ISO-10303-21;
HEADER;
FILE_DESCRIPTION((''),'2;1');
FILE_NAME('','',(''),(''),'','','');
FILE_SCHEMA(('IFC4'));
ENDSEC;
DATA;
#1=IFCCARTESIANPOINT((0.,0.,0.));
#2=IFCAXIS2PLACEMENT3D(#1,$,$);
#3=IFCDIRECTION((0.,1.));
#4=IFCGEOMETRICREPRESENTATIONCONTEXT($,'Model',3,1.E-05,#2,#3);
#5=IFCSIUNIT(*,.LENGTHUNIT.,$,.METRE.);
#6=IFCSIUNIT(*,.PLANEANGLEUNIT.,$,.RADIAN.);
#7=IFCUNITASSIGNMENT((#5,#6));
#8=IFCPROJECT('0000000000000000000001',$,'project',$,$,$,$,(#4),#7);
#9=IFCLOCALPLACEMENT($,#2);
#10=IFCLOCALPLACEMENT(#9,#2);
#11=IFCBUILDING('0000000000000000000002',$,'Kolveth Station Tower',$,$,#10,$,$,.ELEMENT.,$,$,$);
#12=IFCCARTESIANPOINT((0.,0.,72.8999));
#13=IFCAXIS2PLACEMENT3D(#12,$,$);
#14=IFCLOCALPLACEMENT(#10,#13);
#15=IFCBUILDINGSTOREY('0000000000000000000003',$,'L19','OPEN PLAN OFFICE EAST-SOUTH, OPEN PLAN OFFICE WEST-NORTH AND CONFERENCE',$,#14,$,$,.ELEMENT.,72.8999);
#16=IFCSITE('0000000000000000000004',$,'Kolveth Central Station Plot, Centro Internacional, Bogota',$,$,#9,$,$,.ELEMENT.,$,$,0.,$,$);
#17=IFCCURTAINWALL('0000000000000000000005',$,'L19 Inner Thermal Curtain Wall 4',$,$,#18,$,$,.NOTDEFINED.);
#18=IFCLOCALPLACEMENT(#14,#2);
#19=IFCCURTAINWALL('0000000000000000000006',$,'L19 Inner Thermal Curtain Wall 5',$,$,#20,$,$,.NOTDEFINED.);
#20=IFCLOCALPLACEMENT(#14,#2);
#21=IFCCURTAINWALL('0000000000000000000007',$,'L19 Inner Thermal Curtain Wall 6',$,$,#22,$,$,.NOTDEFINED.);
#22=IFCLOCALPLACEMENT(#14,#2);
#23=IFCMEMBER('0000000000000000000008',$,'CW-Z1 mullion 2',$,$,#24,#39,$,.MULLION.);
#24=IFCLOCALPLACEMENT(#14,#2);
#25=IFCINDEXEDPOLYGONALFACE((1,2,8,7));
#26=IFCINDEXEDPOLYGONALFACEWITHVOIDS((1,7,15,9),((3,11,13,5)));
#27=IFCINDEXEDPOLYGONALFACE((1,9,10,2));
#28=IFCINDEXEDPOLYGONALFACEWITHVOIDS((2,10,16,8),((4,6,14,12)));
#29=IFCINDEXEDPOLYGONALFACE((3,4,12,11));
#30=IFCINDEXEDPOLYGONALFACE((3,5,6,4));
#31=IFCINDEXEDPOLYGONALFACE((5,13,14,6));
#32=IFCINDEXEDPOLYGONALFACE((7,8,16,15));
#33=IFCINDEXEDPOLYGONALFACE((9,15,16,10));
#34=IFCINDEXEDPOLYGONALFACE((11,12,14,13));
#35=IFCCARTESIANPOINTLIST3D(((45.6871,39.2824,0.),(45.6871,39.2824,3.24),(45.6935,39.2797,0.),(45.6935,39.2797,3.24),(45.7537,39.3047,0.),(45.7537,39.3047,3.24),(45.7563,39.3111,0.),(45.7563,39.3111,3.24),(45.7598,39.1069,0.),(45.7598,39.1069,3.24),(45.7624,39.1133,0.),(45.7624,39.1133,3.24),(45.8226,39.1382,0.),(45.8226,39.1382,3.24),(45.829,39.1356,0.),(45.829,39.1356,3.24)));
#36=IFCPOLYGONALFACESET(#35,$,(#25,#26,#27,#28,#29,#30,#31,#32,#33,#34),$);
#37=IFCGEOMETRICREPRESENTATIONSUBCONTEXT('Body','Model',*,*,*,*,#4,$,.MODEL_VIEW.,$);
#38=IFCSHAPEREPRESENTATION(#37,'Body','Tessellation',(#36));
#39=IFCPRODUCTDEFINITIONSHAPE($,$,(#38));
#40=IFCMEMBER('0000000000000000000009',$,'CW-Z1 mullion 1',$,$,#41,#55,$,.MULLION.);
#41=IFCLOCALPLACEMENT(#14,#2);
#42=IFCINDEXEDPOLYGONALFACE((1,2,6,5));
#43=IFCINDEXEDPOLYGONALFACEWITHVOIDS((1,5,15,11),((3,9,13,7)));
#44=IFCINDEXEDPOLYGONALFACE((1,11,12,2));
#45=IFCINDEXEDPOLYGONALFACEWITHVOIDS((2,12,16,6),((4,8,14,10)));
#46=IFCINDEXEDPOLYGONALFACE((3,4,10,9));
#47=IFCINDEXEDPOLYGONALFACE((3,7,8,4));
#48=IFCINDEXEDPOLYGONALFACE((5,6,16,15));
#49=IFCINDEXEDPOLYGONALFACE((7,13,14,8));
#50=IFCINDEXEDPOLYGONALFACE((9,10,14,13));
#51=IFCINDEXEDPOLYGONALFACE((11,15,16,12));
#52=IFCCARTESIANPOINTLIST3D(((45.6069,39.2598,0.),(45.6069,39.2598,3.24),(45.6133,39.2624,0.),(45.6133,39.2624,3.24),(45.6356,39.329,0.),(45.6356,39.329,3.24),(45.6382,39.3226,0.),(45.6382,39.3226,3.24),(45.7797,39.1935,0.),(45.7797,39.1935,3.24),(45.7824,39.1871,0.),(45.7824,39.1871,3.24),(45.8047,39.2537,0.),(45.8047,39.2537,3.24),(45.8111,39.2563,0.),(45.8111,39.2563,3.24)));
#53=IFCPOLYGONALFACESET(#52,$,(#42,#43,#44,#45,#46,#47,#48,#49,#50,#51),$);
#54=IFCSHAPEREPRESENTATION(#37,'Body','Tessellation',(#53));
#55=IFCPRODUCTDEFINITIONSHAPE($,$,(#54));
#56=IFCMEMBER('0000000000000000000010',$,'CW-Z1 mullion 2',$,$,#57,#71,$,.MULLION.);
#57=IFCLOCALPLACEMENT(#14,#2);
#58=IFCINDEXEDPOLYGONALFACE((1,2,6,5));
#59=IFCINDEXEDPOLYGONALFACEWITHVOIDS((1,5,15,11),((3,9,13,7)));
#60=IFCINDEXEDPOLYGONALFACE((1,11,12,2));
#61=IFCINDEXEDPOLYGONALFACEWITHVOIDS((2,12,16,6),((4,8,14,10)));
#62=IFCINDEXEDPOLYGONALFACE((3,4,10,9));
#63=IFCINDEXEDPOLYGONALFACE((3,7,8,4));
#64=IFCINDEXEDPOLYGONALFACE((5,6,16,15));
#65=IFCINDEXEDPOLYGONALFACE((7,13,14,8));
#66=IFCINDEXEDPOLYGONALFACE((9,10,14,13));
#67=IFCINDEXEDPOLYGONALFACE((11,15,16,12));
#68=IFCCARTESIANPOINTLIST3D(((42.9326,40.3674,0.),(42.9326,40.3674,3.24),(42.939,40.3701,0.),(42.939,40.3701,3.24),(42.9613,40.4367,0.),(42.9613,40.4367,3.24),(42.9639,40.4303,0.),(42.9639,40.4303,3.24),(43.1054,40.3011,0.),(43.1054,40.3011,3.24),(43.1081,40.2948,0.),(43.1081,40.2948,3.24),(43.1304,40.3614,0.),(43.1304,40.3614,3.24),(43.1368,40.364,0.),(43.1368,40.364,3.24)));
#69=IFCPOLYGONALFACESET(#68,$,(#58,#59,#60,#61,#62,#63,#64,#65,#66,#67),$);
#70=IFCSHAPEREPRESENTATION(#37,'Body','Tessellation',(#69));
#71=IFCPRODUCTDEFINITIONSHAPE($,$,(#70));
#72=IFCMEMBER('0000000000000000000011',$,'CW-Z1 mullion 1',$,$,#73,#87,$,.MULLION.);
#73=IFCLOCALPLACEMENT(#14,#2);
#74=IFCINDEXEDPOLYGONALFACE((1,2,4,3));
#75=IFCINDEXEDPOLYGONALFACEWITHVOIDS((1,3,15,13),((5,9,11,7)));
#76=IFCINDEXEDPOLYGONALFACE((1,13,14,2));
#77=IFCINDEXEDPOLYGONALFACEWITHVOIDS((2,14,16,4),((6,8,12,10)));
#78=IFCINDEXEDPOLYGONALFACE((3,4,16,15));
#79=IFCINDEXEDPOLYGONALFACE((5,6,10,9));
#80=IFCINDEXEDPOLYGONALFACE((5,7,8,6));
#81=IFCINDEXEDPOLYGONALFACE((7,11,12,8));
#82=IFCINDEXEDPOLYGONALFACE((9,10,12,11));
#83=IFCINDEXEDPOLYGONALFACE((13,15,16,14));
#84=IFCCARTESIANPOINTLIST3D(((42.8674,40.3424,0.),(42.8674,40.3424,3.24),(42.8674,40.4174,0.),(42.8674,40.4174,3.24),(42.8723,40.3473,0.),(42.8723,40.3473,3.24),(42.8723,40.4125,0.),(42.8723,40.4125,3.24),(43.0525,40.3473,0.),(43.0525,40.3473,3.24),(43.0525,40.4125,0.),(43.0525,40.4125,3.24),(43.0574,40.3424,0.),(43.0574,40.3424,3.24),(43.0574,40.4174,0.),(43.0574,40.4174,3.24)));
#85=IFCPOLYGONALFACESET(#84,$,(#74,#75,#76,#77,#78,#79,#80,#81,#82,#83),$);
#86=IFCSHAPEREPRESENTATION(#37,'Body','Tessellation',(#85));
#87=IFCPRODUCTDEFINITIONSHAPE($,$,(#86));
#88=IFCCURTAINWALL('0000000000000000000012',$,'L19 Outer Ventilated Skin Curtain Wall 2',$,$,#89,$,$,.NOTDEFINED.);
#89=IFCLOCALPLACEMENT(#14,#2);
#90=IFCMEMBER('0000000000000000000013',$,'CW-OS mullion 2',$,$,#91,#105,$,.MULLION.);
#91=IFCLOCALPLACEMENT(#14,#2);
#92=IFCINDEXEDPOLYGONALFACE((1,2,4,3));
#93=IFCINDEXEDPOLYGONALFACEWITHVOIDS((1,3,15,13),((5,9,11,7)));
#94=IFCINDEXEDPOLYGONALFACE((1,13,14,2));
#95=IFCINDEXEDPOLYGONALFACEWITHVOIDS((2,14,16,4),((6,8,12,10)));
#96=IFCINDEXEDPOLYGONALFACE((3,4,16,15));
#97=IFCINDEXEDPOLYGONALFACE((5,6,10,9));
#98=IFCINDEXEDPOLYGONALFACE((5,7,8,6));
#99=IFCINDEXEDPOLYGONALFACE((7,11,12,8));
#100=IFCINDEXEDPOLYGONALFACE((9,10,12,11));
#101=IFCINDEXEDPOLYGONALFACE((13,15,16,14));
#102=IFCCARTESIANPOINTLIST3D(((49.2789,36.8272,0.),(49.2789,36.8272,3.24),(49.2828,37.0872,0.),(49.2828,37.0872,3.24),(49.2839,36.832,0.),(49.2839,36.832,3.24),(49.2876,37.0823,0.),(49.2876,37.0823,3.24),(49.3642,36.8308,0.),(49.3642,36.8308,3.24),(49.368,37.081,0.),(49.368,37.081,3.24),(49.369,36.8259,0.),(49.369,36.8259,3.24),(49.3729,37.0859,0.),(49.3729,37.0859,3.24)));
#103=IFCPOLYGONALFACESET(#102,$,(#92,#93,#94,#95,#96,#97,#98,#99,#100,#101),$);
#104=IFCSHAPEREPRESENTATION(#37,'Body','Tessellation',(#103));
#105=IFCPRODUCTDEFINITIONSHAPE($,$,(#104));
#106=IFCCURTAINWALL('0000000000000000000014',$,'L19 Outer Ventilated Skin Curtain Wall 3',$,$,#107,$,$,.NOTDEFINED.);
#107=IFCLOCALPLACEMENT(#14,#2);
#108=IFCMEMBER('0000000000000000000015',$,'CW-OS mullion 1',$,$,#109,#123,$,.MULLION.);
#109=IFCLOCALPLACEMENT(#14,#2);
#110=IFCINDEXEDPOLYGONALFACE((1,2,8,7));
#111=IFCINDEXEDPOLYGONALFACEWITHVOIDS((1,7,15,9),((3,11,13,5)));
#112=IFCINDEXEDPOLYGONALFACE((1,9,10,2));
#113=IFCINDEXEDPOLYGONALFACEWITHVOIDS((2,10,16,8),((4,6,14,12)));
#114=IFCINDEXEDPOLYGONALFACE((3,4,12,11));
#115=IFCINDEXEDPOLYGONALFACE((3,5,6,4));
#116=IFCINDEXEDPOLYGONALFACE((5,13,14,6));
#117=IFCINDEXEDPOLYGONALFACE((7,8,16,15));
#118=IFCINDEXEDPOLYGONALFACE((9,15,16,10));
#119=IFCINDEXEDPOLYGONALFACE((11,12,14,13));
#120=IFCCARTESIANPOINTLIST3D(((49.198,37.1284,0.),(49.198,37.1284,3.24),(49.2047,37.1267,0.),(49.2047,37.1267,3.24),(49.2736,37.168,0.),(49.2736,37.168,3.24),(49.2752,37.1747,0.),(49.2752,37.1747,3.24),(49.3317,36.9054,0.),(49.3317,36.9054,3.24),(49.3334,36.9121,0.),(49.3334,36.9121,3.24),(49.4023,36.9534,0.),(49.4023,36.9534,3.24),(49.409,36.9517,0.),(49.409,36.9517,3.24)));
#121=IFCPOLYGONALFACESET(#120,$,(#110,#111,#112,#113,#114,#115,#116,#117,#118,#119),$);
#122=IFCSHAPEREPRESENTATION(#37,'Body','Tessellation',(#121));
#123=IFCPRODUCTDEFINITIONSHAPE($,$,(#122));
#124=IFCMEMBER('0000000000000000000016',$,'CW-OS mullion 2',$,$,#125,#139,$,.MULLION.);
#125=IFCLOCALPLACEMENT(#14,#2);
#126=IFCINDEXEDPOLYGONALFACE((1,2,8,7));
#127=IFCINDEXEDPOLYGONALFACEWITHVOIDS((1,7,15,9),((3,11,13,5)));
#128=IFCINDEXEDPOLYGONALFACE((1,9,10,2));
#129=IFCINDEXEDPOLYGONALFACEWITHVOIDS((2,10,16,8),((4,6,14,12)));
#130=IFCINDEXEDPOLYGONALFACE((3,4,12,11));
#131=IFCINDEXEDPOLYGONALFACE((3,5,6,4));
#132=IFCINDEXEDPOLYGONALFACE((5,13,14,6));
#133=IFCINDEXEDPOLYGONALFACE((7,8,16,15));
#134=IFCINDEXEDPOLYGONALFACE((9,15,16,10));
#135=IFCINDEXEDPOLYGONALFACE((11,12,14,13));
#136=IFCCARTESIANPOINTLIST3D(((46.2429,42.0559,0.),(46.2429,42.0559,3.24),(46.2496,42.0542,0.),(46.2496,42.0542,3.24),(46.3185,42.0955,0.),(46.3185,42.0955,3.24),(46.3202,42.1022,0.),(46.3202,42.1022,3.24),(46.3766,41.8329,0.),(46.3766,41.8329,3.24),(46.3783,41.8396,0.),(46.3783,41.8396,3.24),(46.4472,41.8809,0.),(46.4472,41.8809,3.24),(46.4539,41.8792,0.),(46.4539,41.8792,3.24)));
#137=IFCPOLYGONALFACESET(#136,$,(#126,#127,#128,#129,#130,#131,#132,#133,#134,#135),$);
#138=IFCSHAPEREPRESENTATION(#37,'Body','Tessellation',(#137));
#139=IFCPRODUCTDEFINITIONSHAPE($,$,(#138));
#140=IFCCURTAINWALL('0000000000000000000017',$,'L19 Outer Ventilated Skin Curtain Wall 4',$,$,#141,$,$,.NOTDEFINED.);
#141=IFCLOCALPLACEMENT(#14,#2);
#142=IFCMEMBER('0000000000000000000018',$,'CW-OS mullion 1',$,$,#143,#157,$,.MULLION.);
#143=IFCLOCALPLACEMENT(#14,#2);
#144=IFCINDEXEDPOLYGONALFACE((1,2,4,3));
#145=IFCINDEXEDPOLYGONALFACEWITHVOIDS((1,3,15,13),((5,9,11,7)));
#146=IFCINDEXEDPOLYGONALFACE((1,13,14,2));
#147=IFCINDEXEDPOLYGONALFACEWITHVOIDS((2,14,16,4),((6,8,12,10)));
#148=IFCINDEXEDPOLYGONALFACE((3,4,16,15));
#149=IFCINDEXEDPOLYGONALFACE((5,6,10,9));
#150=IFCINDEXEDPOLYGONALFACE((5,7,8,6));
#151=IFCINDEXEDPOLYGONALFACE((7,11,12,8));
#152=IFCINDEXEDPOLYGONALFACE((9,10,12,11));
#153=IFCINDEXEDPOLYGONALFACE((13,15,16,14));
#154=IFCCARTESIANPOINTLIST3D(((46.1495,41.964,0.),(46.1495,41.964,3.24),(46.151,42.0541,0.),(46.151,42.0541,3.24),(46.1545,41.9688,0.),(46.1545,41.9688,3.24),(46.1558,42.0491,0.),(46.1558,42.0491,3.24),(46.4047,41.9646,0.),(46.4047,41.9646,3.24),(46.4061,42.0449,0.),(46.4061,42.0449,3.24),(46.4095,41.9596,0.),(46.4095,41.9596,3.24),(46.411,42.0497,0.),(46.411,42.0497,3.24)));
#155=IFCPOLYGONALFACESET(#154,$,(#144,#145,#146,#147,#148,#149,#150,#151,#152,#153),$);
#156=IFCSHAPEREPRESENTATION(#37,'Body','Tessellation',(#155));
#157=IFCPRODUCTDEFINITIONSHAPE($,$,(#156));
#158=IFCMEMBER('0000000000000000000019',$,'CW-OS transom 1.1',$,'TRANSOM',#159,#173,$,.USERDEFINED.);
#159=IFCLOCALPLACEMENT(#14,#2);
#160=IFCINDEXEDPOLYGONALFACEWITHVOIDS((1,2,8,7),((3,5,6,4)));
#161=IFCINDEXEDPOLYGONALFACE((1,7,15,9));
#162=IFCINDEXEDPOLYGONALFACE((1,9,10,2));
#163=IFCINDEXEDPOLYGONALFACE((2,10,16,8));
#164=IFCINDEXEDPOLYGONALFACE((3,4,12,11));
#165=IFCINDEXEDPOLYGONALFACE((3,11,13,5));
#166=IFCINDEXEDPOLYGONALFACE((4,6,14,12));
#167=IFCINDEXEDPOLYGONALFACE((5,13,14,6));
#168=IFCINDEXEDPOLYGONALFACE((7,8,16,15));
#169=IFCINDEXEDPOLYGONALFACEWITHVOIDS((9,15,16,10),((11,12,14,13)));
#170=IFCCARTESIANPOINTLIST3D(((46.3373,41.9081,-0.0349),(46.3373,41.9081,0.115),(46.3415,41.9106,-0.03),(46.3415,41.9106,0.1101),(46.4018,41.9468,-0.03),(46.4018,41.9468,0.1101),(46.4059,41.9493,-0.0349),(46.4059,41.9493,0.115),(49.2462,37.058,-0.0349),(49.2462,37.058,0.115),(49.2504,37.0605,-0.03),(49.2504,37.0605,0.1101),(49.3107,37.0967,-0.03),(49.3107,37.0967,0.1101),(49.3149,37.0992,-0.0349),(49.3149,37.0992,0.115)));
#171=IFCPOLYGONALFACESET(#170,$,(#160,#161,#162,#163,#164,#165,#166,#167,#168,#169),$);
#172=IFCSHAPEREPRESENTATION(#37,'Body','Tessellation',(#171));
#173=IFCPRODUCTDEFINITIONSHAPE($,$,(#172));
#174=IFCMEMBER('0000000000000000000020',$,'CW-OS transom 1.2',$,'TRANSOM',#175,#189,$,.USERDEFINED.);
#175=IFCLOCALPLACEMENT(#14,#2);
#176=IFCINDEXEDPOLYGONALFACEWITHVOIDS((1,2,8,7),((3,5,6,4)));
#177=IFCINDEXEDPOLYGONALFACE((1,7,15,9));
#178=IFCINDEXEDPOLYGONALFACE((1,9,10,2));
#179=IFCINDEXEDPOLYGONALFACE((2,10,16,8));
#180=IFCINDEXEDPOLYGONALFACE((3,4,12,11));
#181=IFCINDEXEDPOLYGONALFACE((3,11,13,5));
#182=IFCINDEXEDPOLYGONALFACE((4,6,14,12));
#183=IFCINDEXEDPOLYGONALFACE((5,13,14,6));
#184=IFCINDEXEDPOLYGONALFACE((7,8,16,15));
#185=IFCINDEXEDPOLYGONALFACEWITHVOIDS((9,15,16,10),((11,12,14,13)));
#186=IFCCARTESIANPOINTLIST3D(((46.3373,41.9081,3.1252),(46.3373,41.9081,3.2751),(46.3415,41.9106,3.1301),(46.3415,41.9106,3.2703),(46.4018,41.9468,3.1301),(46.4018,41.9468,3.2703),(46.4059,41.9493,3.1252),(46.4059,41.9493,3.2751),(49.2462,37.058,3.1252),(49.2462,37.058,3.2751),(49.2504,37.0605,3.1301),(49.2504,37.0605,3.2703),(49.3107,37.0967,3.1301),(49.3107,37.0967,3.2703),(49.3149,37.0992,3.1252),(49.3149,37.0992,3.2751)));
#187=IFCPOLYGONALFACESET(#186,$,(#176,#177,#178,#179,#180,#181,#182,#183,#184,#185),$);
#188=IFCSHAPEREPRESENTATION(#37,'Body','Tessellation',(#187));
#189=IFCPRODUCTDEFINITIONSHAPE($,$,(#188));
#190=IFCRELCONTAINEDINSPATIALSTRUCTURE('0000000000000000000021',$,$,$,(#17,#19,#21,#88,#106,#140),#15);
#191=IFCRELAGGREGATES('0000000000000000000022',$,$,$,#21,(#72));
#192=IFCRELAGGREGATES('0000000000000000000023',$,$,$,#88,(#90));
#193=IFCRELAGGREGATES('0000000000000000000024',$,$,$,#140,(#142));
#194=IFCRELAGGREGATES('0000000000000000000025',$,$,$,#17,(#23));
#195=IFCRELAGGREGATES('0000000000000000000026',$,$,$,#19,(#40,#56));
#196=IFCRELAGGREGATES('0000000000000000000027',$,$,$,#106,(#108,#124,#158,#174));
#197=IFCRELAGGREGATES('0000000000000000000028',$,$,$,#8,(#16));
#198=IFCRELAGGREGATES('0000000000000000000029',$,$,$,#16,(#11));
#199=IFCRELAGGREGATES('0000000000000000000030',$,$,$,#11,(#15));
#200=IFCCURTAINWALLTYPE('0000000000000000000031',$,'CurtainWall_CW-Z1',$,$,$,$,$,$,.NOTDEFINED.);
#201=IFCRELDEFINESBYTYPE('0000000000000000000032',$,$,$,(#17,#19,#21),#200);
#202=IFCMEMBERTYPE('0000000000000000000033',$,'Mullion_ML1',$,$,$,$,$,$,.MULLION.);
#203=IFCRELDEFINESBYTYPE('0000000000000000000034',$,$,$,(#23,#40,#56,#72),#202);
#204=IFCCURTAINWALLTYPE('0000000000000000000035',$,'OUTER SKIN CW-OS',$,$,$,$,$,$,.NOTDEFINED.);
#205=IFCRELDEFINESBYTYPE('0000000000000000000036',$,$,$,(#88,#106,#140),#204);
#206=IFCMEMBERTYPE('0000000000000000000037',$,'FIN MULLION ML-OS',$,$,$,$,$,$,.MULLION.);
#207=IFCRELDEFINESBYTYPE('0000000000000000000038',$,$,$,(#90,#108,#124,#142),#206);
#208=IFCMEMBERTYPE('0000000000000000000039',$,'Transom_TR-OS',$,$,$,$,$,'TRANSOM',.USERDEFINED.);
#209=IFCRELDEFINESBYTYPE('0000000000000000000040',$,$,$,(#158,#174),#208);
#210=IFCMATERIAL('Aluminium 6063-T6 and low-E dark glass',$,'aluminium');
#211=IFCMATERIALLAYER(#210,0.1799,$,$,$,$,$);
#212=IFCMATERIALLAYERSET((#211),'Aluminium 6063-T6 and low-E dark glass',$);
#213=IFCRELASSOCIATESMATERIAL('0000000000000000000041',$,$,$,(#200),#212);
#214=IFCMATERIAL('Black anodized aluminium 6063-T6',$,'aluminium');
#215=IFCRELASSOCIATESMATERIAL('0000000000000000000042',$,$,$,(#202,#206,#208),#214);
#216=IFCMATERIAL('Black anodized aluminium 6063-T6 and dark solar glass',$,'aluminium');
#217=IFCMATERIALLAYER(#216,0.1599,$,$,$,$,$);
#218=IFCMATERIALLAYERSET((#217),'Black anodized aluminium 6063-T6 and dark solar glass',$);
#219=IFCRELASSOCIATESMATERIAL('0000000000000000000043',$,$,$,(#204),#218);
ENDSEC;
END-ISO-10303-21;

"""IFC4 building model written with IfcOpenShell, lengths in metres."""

from ifc_helpers import new_model, si_unit, direction, frame, origin, origin_2d, place, context, subcontext, project, spatial, hollow_rectangle, extrude, source, transform, mapped, material, layer, layer_set, material_profile, profile_set, type_object, element, aggregate, save


model = new_model("IFC4")

# Units and contexts
model_context = context("Model", 3, precision=1e-05, world=origin(), true_north=direction((0.0, 1.0)))
body_context = subcontext(model_context, "Body", "Model", "MODEL_VIEW")
ifc_project = project(units=[si_unit("LENGTHUNIT", "METRE"), si_unit("PLANEANGLEUNIT", "RADIAN")], contexts=[model_context])

# Site, building, storey
site_placement = place(None, origin())
site = spatial("IfcSite", under=ifc_project, at=site_placement, Name="Kolveth Central Station Plot, Centro Internacional, Bogota", CompositionType="ELEMENT", RefElevation=0.0)
building_placement = place(site_placement, origin())
building = spatial("IfcBuilding", under=site, at=building_placement, Name="Kolveth Station Tower", CompositionType="ELEMENT")
storey_placement = place(building_placement, frame((0.0, 0.0, 72.8999)))
storey = spatial("IfcBuildingStorey", under=building, at=storey_placement, Name="L19", Description="OPEN PLAN OFFICE EAST-SOUTH, OPEN PLAN OFFICE WEST-NORTH AND CONFERENCE", CompositionType="ELEMENT", Elevation=72.8999)

# Curtain walls
ifc_material_1 = material(Name="Aluminium 6063-T6 and low-E dark glass", Category="aluminium")
ifc_layer_1 = layer(ifc_material_1, 0.1799)
ifc_layer_set_1 = layer_set([ifc_layer_1], Name="Aluminium 6063-T6 and low-E dark glass")
curtain_wall_type_1 = type_object("IfcCurtainWallType", Name="CurtainWall_CW-Z1", PredefinedType="NOTDEFINED", material=ifc_layer_set_1)
curtain_wall_1_placement = place(storey_placement, origin())
curtain_wall_1 = element("IfcCurtainWall", 1, at=curtain_wall_1_placement, inside=storey, type_object=curtain_wall_type_1, Name="L19 Inner Thermal Curtain Wall 4", PredefinedType="NOTDEFINED")
ifc_material_2 = material(Name="Black anodized aluminium 6063-T6", Category="aluminium")
curtain_wall_2_placement = place(storey_placement, origin())
curtain_wall_2 = element("IfcCurtainWall", 2, at=curtain_wall_2_placement, inside=storey, type_object=curtain_wall_type_1, Name="L19 Inner Thermal Curtain Wall 5", PredefinedType="NOTDEFINED")
curtain_wall_3_placement = place(storey_placement, origin())
curtain_wall_3 = element("IfcCurtainWall", 3, at=curtain_wall_3_placement, inside=storey, type_object=curtain_wall_type_1, Name="L19 Inner Thermal Curtain Wall 6", PredefinedType="NOTDEFINED")

# Members
ifc_material_profile_1 = material_profile(ifc_material_2, hollow_rectangle(XDim=0.075, YDim=0.1899, WallThickness=0.0049, at=origin_2d()), Name="ALU-75x190x5")
ifc_profile_set_1 = profile_set([ifc_material_profile_1], Name="Black anodized aluminium 6063-T6")
member_type_1 = type_object("IfcMemberType", Name="Mullion_ML1", PredefinedType="MULLION", material=ifc_profile_set_1)
shared_shape_1 = source(origin(), body_context, "Body", "SweptSolid", [
    extrude(hollow_rectangle(XDim=0.075, YDim=0.1899, WallThickness=0.0049, at=origin_2d()), origin(), (0.0, 0.0, 1.0), 3.24),
])
member_1_placement = place(storey_placement, frame((45.7581, 39.209, 0.0), z_axis=(0.0, 0.0, 1.0), x_axis=(-0.923884, -0.382673, 0.0)))
member_1 = element("IfcMember", 4, at=member_1_placement, type_object=member_type_1, Name="CW-Z1 mullion 2", PredefinedType="MULLION", context=body_context, shape_type="MappedRepresentation", body=[
    mapped(shared_shape_1, transform((0.0, 0.0, 0.0), x_axis=(1.0, 0.0, 0.0), y_axis=(0.0, 1.0, 0.0), z_axis=(0.0, 0.0, 1.0), scale=1.0)),
])
member_2_placement = place(storey_placement, frame((45.709, 39.2581, 0.0), z_axis=(0.0, 0.0, 1.0), x_axis=(-0.382673, -0.923884, 0.0)))
member_2 = element("IfcMember", 5, at=member_2_placement, type_object=member_type_1, Name="CW-Z1 mullion 1", PredefinedType="MULLION", context=body_context, shape_type="MappedRepresentation", body=[
    mapped(shared_shape_1, transform((0.0, 0.0, 0.0), x_axis=(1.0, 0.0, 0.0), y_axis=(0.0, 1.0, 0.0), z_axis=(0.0, 0.0, 1.0), scale=1.0)),
])
member_3_placement = place(storey_placement, frame((43.0347, 40.3657, 0.0), z_axis=(0.0, 0.0, 1.0), x_axis=(-0.382673, -0.923884, 0.0)))
member_3 = element("IfcMember", 6, at=member_3_placement, type_object=member_type_1, Name="CW-Z1 mullion 2", PredefinedType="MULLION", context=body_context, shape_type="MappedRepresentation", body=[
    mapped(shared_shape_1, transform((0.0, 0.0, 0.0), x_axis=(1.0, 0.0, 0.0), y_axis=(0.0, 1.0, 0.0), z_axis=(0.0, 0.0, 1.0), scale=1.0)),
])
member_4_placement = place(storey_placement, frame((42.9624, 40.3799, 0.0), z_axis=(0.0, 0.0, 1.0), x_axis=(0.0, -1.0, 0.0)))
member_4 = element("IfcMember", 7, at=member_4_placement, type_object=member_type_1, Name="CW-Z1 mullion 1", PredefinedType="MULLION", context=body_context, shape_type="MappedRepresentation", body=[
    mapped(shared_shape_1, transform((0.0, 0.0, 0.0), x_axis=(1.0, 0.0, 0.0), y_axis=(0.0, 1.0, 0.0), z_axis=(0.0, 0.0, 1.0), scale=1.0)),
])
aggregate(curtain_wall_3, [member_4])

# Curtain wall, member
ifc_material_3 = material(Name="Black anodized aluminium 6063-T6 and dark solar glass", Category="aluminium")
ifc_layer_2 = layer(ifc_material_3, 0.1599)
ifc_layer_set_2 = layer_set([ifc_layer_2], Name="Black anodized aluminium 6063-T6 and dark solar glass")
curtain_wall_type_2 = type_object("IfcCurtainWallType", Name="OUTER SKIN CW-OS", PredefinedType="NOTDEFINED", material=ifc_layer_set_2)
curtain_wall_4_placement = place(storey_placement, origin())
curtain_wall_4 = element("IfcCurtainWall", 8, at=curtain_wall_4_placement, inside=storey, type_object=curtain_wall_type_2, Name="L19 Outer Ventilated Skin Curtain Wall 2", PredefinedType="NOTDEFINED")
ifc_material_profile_2 = material_profile(ifc_material_2, hollow_rectangle(XDim=0.0901, YDim=0.26, WallThickness=0.0049, at=origin_2d()), Name="ALU-90x260x5")
ifc_profile_set_2 = profile_set([ifc_material_profile_2], Name="Black anodized aluminium 6063-T6")
member_type_2 = type_object("IfcMemberType", Name="FIN MULLION ML-OS", PredefinedType="MULLION", material=ifc_profile_set_2)
shared_shape_2 = source(origin(), body_context, "Body", "SweptSolid", [
    extrude(hollow_rectangle(XDim=0.0901, YDim=0.26, WallThickness=0.0049, at=origin_2d()), origin(), (0.0, 0.0, 1.0), 3.24),
])
member_5_placement = place(storey_placement, frame((49.3259, 36.9565, 0.0), z_axis=(0.0, 0.0, 1.0), x_axis=(-0.999888, 0.014975, 0.0)))
member_5 = element("IfcMember", 9, at=member_5_placement, type_object=member_type_2, Name="CW-OS mullion 2", PredefinedType="MULLION", context=body_context, shape_type="MappedRepresentation", body=[
    mapped(shared_shape_2, transform((0.0, 0.0, 0.0), x_axis=(1.0, 0.0, 0.0), y_axis=(0.0, 1.0, 0.0), z_axis=(0.0, 0.0, 1.0), scale=1.0)),
])
aggregate(curtain_wall_4, [member_5])

# Curtain wall, members
curtain_wall_5_placement = place(storey_placement, origin())
curtain_wall_5 = element("IfcCurtainWall", 10, at=curtain_wall_5_placement, inside=storey, type_object=curtain_wall_type_2, Name="L19 Outer Ventilated Skin Curtain Wall 3", PredefinedType="NOTDEFINED")
member_6_placement = place(storey_placement, frame((49.3035, 37.04, 0.0), z_axis=(0.0, 0.0, 1.0), x_axis=(-0.857591, -0.514332, 0.0)))
member_6 = element("IfcMember", 11, at=member_6_placement, type_object=member_type_2, Name="CW-OS mullion 1", PredefinedType="MULLION", context=body_context, shape_type="MappedRepresentation", body=[
    mapped(shared_shape_2, transform((0.0, 0.0, 0.0), x_axis=(1.0, 0.0, 0.0), y_axis=(0.0, 1.0, 0.0), z_axis=(0.0, 0.0, 1.0), scale=1.0)),
])
member_7_placement = place(storey_placement, frame((46.3484, 41.9675, 0.0), z_axis=(0.0, 0.0, 1.0), x_axis=(-0.857591, -0.514332, 0.0)))
member_7 = element("IfcMember", 12, at=member_7_placement, type_object=member_type_2, Name="CW-OS mullion 2", PredefinedType="MULLION", context=body_context, shape_type="MappedRepresentation", body=[
    mapped(shared_shape_2, transform((0.0, 0.0, 0.0), x_axis=(1.0, 0.0, 0.0), y_axis=(0.0, 1.0, 0.0), z_axis=(0.0, 0.0, 1.0), scale=1.0)),
])

# Curtain wall, member
curtain_wall_6_placement = place(storey_placement, origin())
curtain_wall_6 = element("IfcCurtainWall", 13, at=curtain_wall_6_placement, inside=storey, type_object=curtain_wall_type_2, Name="L19 Outer Ventilated Skin Curtain Wall 4", PredefinedType="NOTDEFINED")
member_8_placement = place(storey_placement, frame((46.2803, 42.0068, 0.0), z_axis=(0.0, 0.0, 1.0), x_axis=(-0.016903, -0.999857, 0.0)))
member_8 = element("IfcMember", 14, at=member_8_placement, type_object=member_type_2, Name="CW-OS mullion 1", PredefinedType="MULLION", context=body_context, shape_type="MappedRepresentation", body=[
    mapped(shared_shape_2, transform((0.0, 0.0, 0.0), x_axis=(1.0, 0.0, 0.0), y_axis=(0.0, 1.0, 0.0), z_axis=(0.0, 0.0, 1.0), scale=1.0)),
])

# Members
ifc_material_profile_3 = material_profile(ifc_material_2, hollow_rectangle(XDim=0.0801, YDim=0.1499, WallThickness=0.0049, at=origin_2d()), Name="ALU-80x150x5")
ifc_profile_set_3 = profile_set([ifc_material_profile_3], Name="Black anodized aluminium 6063-T6")
member_type_3 = type_object("IfcMemberType", Name="Transom_TR-OS", ElementType="TRANSOM", PredefinedType="USERDEFINED", material=ifc_profile_set_3)
shared_shape_3 = source(origin(), body_context, "Body", "SweptSolid", [
    extrude(hollow_rectangle(XDim=0.0801, YDim=0.1499, WallThickness=0.0049, at=origin_2d()), origin(), (0.0, 0.0, 1.0), 5.6555),
])
member_9_placement = place(storey_placement, frame((49.2805, 37.0786, 0.04), z_axis=(-0.51435, 0.857581, 0.0), x_axis=(-0.857581, -0.51435, 0.0)))
member_9 = element("IfcMember", 15, at=member_9_placement, type_object=member_type_3, Name="CW-OS transom 1.1", ObjectType="TRANSOM", PredefinedType="USERDEFINED", context=body_context, shape_type="MappedRepresentation", body=[
    mapped(shared_shape_3, transform((0.0, 0.0, 0.0), x_axis=(1.0, 0.0, 0.0), y_axis=(0.0, 1.0, 0.0), z_axis=(0.0, 0.0, 1.0), scale=1.0)),
])
member_10_placement = place(storey_placement, frame((49.2805, 37.0786, 3.2002), z_axis=(-0.51435, 0.857581, 0.0), x_axis=(-0.857581, -0.51435, 0.0)))
member_10 = element("IfcMember", 16, at=member_10_placement, type_object=member_type_3, Name="CW-OS transom 1.2", ObjectType="TRANSOM", PredefinedType="USERDEFINED", context=body_context, shape_type="MappedRepresentation", body=[
    mapped(shared_shape_3, transform((0.0, 0.0, 0.0), x_axis=(1.0, 0.0, 0.0), y_axis=(0.0, 1.0, 0.0), z_axis=(0.0, 0.0, 1.0), scale=1.0)),
])
aggregate(curtain_wall_6, [member_8])

aggregate(curtain_wall_1, [member_1])
aggregate(curtain_wall_2, [member_2, member_3])
aggregate(curtain_wall_5, [member_6, member_7, member_9, member_10])

save(model, "model.ifc")
